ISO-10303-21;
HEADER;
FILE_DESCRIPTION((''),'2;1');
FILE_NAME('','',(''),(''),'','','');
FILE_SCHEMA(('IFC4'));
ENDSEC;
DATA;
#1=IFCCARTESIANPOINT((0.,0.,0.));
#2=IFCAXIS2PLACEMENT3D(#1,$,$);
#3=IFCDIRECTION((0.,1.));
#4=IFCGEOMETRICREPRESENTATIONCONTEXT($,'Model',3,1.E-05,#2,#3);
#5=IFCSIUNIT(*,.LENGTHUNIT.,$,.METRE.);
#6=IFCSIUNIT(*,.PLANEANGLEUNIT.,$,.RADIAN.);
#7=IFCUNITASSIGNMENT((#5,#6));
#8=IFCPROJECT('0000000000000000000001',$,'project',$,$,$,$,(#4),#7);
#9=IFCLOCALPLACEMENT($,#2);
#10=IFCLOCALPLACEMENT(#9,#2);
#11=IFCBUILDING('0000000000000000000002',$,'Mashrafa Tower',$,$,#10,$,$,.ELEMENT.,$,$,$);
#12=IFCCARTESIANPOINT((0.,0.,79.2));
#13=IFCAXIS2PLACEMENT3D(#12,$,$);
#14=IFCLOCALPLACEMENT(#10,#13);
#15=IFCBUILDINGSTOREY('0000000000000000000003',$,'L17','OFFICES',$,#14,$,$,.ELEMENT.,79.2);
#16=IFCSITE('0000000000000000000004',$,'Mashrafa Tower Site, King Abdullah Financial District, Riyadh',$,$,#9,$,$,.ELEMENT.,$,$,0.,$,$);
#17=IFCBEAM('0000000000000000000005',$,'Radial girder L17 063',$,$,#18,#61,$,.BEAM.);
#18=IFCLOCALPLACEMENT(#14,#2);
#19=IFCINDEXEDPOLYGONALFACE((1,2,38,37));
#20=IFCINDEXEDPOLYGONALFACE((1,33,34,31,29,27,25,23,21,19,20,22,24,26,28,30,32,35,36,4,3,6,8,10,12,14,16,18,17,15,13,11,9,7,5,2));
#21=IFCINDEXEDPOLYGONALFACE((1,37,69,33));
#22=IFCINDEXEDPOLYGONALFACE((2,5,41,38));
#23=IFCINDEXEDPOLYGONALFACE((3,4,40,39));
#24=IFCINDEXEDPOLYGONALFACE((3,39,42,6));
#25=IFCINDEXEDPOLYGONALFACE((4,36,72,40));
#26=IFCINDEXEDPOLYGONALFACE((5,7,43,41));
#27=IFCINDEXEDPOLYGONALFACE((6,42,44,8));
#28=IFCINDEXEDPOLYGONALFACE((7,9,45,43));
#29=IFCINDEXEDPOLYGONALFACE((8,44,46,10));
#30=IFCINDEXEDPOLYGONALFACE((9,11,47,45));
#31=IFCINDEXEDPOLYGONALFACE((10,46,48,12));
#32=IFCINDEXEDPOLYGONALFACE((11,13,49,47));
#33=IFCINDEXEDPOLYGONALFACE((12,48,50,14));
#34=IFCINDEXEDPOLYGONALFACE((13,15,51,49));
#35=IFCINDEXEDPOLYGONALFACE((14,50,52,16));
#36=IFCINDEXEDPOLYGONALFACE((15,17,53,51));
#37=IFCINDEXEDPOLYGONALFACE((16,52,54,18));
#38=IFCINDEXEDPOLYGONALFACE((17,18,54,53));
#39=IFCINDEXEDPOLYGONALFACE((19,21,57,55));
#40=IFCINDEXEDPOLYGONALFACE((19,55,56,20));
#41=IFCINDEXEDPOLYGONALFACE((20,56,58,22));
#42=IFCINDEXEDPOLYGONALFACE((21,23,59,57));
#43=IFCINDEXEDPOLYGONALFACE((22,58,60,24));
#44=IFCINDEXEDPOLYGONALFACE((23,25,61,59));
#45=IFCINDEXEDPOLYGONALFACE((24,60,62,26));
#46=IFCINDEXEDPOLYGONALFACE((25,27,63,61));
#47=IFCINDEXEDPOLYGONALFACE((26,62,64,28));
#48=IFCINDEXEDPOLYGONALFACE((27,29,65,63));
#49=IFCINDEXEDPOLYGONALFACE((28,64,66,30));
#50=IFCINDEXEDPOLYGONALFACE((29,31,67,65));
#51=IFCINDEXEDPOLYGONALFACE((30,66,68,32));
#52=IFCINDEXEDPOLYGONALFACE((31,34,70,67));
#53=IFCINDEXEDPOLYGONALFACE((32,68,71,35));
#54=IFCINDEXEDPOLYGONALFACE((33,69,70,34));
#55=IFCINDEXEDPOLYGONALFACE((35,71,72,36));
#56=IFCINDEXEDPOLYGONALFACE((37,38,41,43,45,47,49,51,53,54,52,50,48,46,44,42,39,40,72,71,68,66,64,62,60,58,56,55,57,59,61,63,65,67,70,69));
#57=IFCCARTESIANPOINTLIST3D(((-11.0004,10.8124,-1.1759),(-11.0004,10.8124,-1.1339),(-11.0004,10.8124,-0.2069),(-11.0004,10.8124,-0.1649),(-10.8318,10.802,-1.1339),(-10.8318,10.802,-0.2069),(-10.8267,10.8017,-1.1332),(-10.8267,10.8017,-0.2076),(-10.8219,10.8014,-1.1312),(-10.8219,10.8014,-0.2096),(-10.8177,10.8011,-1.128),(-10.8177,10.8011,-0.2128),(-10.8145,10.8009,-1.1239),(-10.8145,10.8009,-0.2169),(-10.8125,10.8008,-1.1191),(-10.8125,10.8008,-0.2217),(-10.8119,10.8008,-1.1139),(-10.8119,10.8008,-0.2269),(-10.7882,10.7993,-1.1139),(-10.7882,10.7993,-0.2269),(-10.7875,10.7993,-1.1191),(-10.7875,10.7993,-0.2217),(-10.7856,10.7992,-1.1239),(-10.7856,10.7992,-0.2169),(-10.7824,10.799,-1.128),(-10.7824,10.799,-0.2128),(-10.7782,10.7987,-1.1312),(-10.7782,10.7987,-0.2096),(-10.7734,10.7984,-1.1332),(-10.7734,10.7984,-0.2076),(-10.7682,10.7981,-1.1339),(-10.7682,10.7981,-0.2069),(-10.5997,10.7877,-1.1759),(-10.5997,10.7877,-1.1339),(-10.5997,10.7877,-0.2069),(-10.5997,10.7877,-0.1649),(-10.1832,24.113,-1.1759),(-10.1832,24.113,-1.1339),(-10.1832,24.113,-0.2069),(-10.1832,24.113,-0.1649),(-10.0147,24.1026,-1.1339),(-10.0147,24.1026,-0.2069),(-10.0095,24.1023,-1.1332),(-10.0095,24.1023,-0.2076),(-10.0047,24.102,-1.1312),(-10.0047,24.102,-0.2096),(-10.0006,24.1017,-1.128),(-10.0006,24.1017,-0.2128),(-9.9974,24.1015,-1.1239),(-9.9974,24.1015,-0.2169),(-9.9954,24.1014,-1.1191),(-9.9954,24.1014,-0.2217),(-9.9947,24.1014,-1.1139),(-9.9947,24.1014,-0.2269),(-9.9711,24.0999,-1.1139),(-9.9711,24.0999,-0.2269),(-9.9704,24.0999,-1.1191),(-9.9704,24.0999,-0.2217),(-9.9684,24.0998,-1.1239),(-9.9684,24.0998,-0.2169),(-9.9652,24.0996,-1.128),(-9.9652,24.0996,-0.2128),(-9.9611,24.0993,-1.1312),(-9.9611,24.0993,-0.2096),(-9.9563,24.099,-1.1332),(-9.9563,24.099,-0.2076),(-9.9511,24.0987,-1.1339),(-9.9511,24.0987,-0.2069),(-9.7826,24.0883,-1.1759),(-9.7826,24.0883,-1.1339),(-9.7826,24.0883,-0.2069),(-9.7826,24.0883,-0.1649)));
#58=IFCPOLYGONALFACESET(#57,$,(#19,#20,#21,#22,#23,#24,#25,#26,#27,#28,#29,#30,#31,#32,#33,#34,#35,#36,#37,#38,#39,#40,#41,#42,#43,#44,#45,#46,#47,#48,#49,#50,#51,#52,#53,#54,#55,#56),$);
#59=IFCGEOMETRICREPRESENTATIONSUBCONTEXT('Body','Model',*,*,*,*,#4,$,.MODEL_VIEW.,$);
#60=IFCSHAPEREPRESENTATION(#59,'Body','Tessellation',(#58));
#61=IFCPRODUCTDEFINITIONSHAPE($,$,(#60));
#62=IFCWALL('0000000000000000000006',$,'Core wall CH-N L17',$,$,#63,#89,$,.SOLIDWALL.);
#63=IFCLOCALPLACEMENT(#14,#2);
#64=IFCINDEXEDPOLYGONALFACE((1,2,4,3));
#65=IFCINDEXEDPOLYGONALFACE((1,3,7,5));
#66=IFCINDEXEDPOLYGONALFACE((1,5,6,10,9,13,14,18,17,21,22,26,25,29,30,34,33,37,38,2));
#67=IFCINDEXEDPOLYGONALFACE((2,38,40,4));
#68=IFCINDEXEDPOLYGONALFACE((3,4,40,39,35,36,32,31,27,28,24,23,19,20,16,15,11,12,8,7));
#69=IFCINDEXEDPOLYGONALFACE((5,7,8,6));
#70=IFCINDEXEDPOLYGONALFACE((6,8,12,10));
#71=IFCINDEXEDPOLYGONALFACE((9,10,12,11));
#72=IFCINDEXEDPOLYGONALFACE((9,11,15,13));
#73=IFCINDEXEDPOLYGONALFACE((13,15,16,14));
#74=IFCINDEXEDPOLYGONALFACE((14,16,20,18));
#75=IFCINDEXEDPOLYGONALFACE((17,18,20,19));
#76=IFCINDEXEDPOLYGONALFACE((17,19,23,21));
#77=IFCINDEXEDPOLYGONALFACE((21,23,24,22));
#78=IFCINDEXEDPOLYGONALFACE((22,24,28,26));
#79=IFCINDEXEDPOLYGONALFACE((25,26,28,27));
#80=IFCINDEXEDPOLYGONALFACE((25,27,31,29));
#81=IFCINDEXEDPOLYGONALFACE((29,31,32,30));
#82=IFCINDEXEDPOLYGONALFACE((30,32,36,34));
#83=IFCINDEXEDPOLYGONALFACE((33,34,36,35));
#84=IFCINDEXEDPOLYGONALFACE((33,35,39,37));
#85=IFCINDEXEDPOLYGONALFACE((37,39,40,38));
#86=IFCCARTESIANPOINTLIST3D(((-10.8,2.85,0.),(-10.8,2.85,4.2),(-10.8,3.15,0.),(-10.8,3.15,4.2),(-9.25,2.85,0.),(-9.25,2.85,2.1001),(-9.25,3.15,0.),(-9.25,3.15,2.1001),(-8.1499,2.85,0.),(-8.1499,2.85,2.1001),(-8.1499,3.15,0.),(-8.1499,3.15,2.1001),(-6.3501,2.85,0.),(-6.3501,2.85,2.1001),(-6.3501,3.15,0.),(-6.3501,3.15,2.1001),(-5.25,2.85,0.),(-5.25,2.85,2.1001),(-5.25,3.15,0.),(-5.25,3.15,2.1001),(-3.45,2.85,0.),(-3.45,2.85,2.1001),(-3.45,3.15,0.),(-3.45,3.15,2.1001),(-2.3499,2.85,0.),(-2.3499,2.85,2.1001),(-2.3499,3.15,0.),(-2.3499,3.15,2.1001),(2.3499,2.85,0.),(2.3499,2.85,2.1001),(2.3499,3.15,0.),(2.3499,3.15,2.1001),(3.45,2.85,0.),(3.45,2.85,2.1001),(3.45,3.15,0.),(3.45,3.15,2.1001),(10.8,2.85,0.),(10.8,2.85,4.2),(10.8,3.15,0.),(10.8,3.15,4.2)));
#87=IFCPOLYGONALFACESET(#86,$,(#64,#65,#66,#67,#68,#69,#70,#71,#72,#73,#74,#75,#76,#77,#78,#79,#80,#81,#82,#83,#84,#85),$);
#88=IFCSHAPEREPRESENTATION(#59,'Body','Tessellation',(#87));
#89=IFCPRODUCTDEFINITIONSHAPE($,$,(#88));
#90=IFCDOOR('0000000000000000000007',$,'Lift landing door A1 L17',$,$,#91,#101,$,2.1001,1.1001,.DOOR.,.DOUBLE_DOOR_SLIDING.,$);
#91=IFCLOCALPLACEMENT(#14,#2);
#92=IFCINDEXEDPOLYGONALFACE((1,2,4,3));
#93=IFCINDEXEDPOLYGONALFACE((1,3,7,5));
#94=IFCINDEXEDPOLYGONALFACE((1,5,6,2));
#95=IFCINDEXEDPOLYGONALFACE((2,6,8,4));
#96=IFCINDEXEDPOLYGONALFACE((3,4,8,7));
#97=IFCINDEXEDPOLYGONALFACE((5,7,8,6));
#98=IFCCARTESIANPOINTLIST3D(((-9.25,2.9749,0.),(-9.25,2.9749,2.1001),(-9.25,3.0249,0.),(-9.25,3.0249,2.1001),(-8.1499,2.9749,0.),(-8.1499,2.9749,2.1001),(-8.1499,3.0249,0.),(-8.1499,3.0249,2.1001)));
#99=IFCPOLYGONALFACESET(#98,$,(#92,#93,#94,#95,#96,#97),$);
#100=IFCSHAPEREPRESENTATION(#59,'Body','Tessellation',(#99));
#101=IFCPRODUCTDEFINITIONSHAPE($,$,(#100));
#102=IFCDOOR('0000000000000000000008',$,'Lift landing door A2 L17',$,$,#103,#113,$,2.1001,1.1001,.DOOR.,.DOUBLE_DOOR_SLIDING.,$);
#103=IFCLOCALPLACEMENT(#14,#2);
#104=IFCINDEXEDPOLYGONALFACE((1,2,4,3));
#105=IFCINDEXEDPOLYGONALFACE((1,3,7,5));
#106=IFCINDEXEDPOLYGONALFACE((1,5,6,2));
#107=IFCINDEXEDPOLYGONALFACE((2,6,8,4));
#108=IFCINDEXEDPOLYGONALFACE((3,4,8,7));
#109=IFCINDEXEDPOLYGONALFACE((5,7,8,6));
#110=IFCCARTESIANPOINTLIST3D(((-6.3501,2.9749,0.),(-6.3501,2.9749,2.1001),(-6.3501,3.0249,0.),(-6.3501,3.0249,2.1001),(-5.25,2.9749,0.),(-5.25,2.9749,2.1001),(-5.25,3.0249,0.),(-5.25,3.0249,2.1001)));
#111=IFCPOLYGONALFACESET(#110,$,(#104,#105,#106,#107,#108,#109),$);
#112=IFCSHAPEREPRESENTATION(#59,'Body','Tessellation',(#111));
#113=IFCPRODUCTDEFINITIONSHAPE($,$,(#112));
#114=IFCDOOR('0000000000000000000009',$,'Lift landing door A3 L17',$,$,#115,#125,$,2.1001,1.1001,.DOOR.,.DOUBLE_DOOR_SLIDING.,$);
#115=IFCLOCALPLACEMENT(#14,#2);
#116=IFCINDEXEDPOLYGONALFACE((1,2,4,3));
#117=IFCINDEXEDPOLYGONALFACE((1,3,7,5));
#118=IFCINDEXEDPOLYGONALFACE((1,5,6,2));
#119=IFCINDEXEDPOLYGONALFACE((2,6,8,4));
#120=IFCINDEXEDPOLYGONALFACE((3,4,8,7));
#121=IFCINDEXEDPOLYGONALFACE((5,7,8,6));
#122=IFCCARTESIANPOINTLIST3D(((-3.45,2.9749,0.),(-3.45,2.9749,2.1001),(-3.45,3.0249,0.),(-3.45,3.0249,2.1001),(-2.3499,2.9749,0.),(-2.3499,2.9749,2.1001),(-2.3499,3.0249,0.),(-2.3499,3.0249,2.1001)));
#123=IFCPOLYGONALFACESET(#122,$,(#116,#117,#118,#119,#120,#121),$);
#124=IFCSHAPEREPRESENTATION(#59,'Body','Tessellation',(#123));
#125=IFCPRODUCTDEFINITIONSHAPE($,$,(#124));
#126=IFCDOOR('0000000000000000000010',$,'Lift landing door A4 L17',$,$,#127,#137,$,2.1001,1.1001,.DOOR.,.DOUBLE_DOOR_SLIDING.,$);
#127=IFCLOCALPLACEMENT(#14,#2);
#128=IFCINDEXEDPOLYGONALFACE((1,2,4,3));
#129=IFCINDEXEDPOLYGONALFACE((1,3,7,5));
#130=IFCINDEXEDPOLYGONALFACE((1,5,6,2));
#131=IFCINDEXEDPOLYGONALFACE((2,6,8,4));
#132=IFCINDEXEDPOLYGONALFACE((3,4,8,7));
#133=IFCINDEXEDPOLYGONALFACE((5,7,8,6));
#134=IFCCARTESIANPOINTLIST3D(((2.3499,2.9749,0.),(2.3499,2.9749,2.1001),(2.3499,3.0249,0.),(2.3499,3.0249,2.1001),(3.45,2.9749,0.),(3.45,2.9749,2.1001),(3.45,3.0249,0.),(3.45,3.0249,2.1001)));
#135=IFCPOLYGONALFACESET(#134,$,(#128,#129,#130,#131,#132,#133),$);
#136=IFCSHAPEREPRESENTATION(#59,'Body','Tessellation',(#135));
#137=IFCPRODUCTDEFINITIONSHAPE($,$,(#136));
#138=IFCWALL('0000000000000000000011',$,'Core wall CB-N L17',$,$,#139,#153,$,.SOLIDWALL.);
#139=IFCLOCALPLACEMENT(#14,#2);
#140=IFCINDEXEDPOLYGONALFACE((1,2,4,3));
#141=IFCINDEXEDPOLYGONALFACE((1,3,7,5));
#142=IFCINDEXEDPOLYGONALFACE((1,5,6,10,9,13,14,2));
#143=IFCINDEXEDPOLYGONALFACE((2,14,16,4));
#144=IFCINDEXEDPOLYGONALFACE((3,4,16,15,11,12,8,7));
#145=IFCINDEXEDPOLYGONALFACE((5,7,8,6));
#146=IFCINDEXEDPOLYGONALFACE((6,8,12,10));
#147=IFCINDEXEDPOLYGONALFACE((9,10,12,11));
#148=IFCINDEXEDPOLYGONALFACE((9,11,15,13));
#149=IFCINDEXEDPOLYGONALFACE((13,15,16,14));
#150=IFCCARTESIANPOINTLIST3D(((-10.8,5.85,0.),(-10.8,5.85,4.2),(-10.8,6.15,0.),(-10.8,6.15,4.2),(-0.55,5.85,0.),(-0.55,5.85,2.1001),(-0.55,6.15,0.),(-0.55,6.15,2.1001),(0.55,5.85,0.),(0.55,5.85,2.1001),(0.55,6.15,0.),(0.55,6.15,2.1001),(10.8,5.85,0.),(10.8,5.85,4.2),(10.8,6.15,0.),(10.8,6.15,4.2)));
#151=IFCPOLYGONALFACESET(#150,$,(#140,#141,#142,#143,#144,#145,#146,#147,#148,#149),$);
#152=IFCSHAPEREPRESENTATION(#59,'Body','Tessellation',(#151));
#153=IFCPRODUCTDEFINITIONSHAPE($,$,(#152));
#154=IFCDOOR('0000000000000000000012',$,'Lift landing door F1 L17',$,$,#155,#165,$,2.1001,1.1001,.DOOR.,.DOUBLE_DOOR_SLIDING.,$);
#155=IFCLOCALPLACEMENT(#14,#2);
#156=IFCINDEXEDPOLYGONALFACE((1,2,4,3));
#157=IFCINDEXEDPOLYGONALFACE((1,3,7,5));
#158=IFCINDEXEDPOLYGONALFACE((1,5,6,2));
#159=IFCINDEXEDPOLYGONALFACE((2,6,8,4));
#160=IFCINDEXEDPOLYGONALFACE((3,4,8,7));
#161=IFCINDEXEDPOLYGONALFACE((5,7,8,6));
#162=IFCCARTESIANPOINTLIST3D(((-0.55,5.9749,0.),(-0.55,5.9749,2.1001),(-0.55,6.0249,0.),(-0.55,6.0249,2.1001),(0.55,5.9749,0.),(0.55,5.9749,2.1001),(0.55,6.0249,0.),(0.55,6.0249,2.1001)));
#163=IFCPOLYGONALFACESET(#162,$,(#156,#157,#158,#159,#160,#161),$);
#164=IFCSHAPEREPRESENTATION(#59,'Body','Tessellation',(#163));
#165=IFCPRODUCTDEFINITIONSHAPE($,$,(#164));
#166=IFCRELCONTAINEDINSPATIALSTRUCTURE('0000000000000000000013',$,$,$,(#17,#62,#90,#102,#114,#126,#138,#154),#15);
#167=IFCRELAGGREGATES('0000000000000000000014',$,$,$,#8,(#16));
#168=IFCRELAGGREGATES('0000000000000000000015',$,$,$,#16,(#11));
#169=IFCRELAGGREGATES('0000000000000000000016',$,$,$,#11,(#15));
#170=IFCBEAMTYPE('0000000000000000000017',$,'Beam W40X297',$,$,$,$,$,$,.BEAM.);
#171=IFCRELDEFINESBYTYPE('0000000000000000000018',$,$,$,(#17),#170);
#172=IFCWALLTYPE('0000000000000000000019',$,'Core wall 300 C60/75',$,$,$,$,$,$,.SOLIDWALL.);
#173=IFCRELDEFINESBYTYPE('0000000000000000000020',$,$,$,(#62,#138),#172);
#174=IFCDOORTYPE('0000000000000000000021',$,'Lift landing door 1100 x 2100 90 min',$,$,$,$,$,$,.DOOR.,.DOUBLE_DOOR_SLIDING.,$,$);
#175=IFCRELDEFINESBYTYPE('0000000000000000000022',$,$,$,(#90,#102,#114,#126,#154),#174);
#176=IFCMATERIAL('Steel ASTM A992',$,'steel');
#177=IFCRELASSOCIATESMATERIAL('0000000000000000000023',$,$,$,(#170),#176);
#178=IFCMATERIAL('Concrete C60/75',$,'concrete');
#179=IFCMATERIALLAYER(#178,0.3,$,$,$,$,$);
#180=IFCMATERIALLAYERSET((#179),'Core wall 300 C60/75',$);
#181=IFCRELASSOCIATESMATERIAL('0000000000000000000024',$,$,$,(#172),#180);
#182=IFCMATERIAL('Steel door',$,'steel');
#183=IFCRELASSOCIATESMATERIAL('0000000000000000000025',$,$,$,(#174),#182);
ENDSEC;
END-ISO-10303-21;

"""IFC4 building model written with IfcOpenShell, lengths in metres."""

from ifc_helpers import new_model, si_unit, direction, frame, frame_2d, origin, origin_2d, place, context, subcontext, project, spatial, rectangle, i_section, extrude, material, layer, layer_set, material_profile, profile_set, type_object, element, fill, save


model = new_model("IFC4")

# Units and contexts
model_context = context("Model", 3, precision=1e-05, world=origin(), true_north=direction((0.0, 1.0)))
body_context = subcontext(model_context, "Body", "Model", "MODEL_VIEW")
ifc_project = project(units=[si_unit("LENGTHUNIT", "METRE"), si_unit("PLANEANGLEUNIT", "RADIAN")], contexts=[model_context])

# Site, building, storey
site_placement = place(None, origin())
site = spatial("IfcSite", under=ifc_project, at=site_placement, Name="Mashrafa Tower Site, King Abdullah Financial District, Riyadh", CompositionType="ELEMENT", RefElevation=0.0)
building_placement = place(site_placement, origin())
building = spatial("IfcBuilding", under=site, at=building_placement, Name="Mashrafa Tower", CompositionType="ELEMENT")
storey_placement = place(building_placement, frame((0.0, 0.0, 79.2)))
storey = spatial("IfcBuildingStorey", under=building, at=storey_placement, Name="L17", Description="OFFICES", CompositionType="ELEMENT", Elevation=79.2)

# Beam
ifc_material_1 = material(Name="Steel ASTM A992", Category="steel")
ifc_material_profile_1 = material_profile(ifc_material_1, i_section(OverallWidth=0.4014, OverallDepth=1.011, WebThickness=0.0237, FlangeThickness=0.042, FilletRadius=0.02, at=origin_2d()), Name="W40X297")
ifc_profile_set_1 = profile_set([ifc_material_profile_1], Name="Steel ASTM A992")
beam_type_1 = type_object("IfcBeamType", Name="Beam W40X297", PredefinedType="BEAM", material=ifc_profile_set_1)
for number, where, z_axis, x_axis, name in (
    (1, (-10.8, 10.8, -0.6704), (0.061321, 0.998118, 0.0), (-0.998118, 0.061321, 0.0), "Radial girder L17 063"),
):
    element("IfcBeam", number, at=place(storey_placement, frame(where, z_axis=z_axis, x_axis=x_axis)), inside=storey, type_object=beam_type_1, Name=name, PredefinedType="BEAM", context=body_context, shape_type="SweptSolid", body=[
        extrude(i_section(OverallWidth=0.4014, OverallDepth=1.011, WebThickness=0.0237, FlangeThickness=0.042, FilletRadius=0.02, at=origin_2d()), origin(), (0.0, 0.0, 1.0), 13.3257),
    ])

# Wall, openings, doors
ifc_material_2 = material(Name="Concrete C60/75", Category="concrete")
ifc_layer_1 = layer(ifc_material_2, 0.3)
ifc_layer_set_1 = layer_set([ifc_layer_1], Name="Core wall 300 C60/75")
wall_type_1 = type_object("IfcWallType", Name="Core wall 300 C60/75", PredefinedType="SOLIDWALL", material=ifc_layer_set_1)
wall_1_placement = place(storey_placement, frame((-10.8, 3.0, 0.0), z_axis=(0.0, 0.0, 1.0), x_axis=(1.0, 0.0, 0.0)))
wall_1 = element("IfcWall", 2, at=wall_1_placement, inside=storey, type_object=wall_type_1, Name="Core wall CH-N L17", PredefinedType="SOLIDWALL", context=body_context, shape_type="SweptSolid", body=[
    extrude(rectangle(XDim=21.6001, YDim=0.3, at=frame_2d((10.8, 0.0))), origin(), (0.0, 0.0, 1.0), 4.2),
])
opening_1_placement = place(wall_1_placement, frame((1.55, 0.0, 0.0)))
opening_1 = element("IfcOpeningElement", 3, at=opening_1_placement, cuts=wall_1, PredefinedType="OPENING", context=body_context, shape_type="SweptSolid", body=[
    extrude(rectangle(XDim=1.1001, YDim=2.1001, at=frame_2d((0.55, 1.05))), frame((0.0, 0.1599, 0.0), z_axis=(0.0, -1.0, 0.0), x_axis=(1.0, 0.0, 0.0)), (0.0, 0.0, 1.0), 0.3201),
])
opening_2_placement = place(wall_1_placement, frame((4.45, 0.0, 0.0)))
opening_2 = element("IfcOpeningElement", 4, at=opening_2_placement, cuts=wall_1, PredefinedType="OPENING", context=body_context, shape_type="SweptSolid", body=[
    extrude(rectangle(XDim=1.1001, YDim=2.1001, at=frame_2d((0.55, 1.05))), frame((0.0, 0.1599, 0.0), z_axis=(0.0, -1.0, 0.0), x_axis=(1.0, 0.0, 0.0)), (0.0, 0.0, 1.0), 0.3201),
])
opening_3_placement = place(wall_1_placement, frame((7.3501, 0.0, 0.0)))
opening_3 = element("IfcOpeningElement", 5, at=opening_3_placement, cuts=wall_1, PredefinedType="OPENING", context=body_context, shape_type="SweptSolid", body=[
    extrude(rectangle(XDim=1.1001, YDim=2.1001, at=frame_2d((0.55, 1.05))), frame((0.0, 0.1599, 0.0), z_axis=(0.0, -1.0, 0.0), x_axis=(1.0, 0.0, 0.0)), (0.0, 0.0, 1.0), 0.3201),
])
opening_4_placement = place(wall_1_placement, frame((13.1499, 0.0, 0.0)))
opening_4 = element("IfcOpeningElement", 6, at=opening_4_placement, cuts=wall_1, PredefinedType="OPENING", context=body_context, shape_type="SweptSolid", body=[
    extrude(rectangle(XDim=1.1001, YDim=2.1001, at=frame_2d((0.55, 1.05))), frame((0.0, 0.1599, 0.0), z_axis=(0.0, -1.0, 0.0), x_axis=(1.0, 0.0, 0.0)), (0.0, 0.0, 1.0), 0.3201),
])
ifc_material_3 = material(Name="Steel door", Category="steel")
door_type_1 = type_object("IfcDoorType", Name="Lift landing door 1100 x 2100 90 min", OperationType="DOUBLE_DOOR_SLIDING", PredefinedType="DOOR", material=ifc_material_3)
door_1_placement = place(opening_1_placement, origin())
door_1 = element("IfcDoor", 7, at=door_1_placement, inside=storey, type_object=door_type_1, Name="Lift landing door A1 L17", OperationType="DOUBLE_DOOR_SLIDING", OverallHeight=2.1001, OverallWidth=1.1001, PredefinedType="DOOR", context=body_context, shape_type="SweptSolid", body=[
    extrude(rectangle(XDim=1.1001, YDim=2.1001, at=frame_2d((0.55, 1.05))), frame((0.0, 0.0249, 0.0), z_axis=(0.0, -1.0, 0.0), x_axis=(1.0, 0.0, 0.0)), (0.0, 0.0, 1.0), 0.05),
])
fill(opening_1, door_1)
door_2_placement = place(opening_2_placement, origin())
door_2 = element("IfcDoor", 8, at=door_2_placement, inside=storey, type_object=door_type_1, Name="Lift landing door A2 L17", OperationType="DOUBLE_DOOR_SLIDING", OverallHeight=2.1001, OverallWidth=1.1001, PredefinedType="DOOR", context=body_context, shape_type="SweptSolid", body=[
    extrude(rectangle(XDim=1.1001, YDim=2.1001, at=frame_2d((0.55, 1.05))), frame((0.0, 0.0249, 0.0), z_axis=(0.0, -1.0, 0.0), x_axis=(1.0, 0.0, 0.0)), (0.0, 0.0, 1.0), 0.05),
])
fill(opening_2, door_2)
door_3_placement = place(opening_3_placement, origin())
door_3 = element("IfcDoor", 9, at=door_3_placement, inside=storey, type_object=door_type_1, Name="Lift landing door A3 L17", OperationType="DOUBLE_DOOR_SLIDING", OverallHeight=2.1001, OverallWidth=1.1001, PredefinedType="DOOR", context=body_context, shape_type="SweptSolid", body=[
    extrude(rectangle(XDim=1.1001, YDim=2.1001, at=frame_2d((0.55, 1.05))), frame((0.0, 0.0249, 0.0), z_axis=(0.0, -1.0, 0.0), x_axis=(1.0, 0.0, 0.0)), (0.0, 0.0, 1.0), 0.05),
])
fill(opening_3, door_3)
door_4_placement = place(opening_4_placement, origin())
door_4 = element("IfcDoor", 10, at=door_4_placement, inside=storey, type_object=door_type_1, Name="Lift landing door A4 L17", OperationType="DOUBLE_DOOR_SLIDING", OverallHeight=2.1001, OverallWidth=1.1001, PredefinedType="DOOR", context=body_context, shape_type="SweptSolid", body=[
    extrude(rectangle(XDim=1.1001, YDim=2.1001, at=frame_2d((0.55, 1.05))), frame((0.0, 0.0249, 0.0), z_axis=(0.0, -1.0, 0.0), x_axis=(1.0, 0.0, 0.0)), (0.0, 0.0, 1.0), 0.05),
])
fill(opening_4, door_4)

# Wall, opening, door
wall_2_placement = place(storey_placement, frame((-10.8, 6.0, 0.0), z_axis=(0.0, 0.0, 1.0), x_axis=(1.0, 0.0, 0.0)))
wall_2 = element("IfcWall", 11, at=wall_2_placement, inside=storey, type_object=wall_type_1, Name="Core wall CB-N L17", PredefinedType="SOLIDWALL", context=body_context, shape_type="SweptSolid", body=[
    extrude(rectangle(XDim=21.6001, YDim=0.3, at=frame_2d((10.8, 0.0))), origin(), (0.0, 0.0, 1.0), 4.2),
])
opening_5_placement = place(wall_2_placement, frame((10.25, 0.0, 0.0)))
opening_5 = element("IfcOpeningElement", 12, at=opening_5_placement, cuts=wall_2, PredefinedType="OPENING", context=body_context, shape_type="SweptSolid", body=[
    extrude(rectangle(XDim=1.1001, YDim=2.1001, at=frame_2d((0.55, 1.05))), frame((0.0, 0.1599, 0.0), z_axis=(0.0, -1.0, 0.0), x_axis=(1.0, 0.0, 0.0)), (0.0, 0.0, 1.0), 0.3201),
])
door_5_placement = place(opening_5_placement, origin())
door_5 = element("IfcDoor", 13, at=door_5_placement, inside=storey, type_object=door_type_1, Name="Lift landing door F1 L17", OperationType="DOUBLE_DOOR_SLIDING", OverallHeight=2.1001, OverallWidth=1.1001, PredefinedType="DOOR", context=body_context, shape_type="SweptSolid", body=[
    extrude(rectangle(XDim=1.1001, YDim=2.1001, at=frame_2d((0.55, 1.05))), frame((0.0, 0.0249, 0.0), z_axis=(0.0, -1.0, 0.0), x_axis=(1.0, 0.0, 0.0)), (0.0, 0.0, 1.0), 0.05),
])
fill(opening_5, door_5)

save(model, "model.ifc")
